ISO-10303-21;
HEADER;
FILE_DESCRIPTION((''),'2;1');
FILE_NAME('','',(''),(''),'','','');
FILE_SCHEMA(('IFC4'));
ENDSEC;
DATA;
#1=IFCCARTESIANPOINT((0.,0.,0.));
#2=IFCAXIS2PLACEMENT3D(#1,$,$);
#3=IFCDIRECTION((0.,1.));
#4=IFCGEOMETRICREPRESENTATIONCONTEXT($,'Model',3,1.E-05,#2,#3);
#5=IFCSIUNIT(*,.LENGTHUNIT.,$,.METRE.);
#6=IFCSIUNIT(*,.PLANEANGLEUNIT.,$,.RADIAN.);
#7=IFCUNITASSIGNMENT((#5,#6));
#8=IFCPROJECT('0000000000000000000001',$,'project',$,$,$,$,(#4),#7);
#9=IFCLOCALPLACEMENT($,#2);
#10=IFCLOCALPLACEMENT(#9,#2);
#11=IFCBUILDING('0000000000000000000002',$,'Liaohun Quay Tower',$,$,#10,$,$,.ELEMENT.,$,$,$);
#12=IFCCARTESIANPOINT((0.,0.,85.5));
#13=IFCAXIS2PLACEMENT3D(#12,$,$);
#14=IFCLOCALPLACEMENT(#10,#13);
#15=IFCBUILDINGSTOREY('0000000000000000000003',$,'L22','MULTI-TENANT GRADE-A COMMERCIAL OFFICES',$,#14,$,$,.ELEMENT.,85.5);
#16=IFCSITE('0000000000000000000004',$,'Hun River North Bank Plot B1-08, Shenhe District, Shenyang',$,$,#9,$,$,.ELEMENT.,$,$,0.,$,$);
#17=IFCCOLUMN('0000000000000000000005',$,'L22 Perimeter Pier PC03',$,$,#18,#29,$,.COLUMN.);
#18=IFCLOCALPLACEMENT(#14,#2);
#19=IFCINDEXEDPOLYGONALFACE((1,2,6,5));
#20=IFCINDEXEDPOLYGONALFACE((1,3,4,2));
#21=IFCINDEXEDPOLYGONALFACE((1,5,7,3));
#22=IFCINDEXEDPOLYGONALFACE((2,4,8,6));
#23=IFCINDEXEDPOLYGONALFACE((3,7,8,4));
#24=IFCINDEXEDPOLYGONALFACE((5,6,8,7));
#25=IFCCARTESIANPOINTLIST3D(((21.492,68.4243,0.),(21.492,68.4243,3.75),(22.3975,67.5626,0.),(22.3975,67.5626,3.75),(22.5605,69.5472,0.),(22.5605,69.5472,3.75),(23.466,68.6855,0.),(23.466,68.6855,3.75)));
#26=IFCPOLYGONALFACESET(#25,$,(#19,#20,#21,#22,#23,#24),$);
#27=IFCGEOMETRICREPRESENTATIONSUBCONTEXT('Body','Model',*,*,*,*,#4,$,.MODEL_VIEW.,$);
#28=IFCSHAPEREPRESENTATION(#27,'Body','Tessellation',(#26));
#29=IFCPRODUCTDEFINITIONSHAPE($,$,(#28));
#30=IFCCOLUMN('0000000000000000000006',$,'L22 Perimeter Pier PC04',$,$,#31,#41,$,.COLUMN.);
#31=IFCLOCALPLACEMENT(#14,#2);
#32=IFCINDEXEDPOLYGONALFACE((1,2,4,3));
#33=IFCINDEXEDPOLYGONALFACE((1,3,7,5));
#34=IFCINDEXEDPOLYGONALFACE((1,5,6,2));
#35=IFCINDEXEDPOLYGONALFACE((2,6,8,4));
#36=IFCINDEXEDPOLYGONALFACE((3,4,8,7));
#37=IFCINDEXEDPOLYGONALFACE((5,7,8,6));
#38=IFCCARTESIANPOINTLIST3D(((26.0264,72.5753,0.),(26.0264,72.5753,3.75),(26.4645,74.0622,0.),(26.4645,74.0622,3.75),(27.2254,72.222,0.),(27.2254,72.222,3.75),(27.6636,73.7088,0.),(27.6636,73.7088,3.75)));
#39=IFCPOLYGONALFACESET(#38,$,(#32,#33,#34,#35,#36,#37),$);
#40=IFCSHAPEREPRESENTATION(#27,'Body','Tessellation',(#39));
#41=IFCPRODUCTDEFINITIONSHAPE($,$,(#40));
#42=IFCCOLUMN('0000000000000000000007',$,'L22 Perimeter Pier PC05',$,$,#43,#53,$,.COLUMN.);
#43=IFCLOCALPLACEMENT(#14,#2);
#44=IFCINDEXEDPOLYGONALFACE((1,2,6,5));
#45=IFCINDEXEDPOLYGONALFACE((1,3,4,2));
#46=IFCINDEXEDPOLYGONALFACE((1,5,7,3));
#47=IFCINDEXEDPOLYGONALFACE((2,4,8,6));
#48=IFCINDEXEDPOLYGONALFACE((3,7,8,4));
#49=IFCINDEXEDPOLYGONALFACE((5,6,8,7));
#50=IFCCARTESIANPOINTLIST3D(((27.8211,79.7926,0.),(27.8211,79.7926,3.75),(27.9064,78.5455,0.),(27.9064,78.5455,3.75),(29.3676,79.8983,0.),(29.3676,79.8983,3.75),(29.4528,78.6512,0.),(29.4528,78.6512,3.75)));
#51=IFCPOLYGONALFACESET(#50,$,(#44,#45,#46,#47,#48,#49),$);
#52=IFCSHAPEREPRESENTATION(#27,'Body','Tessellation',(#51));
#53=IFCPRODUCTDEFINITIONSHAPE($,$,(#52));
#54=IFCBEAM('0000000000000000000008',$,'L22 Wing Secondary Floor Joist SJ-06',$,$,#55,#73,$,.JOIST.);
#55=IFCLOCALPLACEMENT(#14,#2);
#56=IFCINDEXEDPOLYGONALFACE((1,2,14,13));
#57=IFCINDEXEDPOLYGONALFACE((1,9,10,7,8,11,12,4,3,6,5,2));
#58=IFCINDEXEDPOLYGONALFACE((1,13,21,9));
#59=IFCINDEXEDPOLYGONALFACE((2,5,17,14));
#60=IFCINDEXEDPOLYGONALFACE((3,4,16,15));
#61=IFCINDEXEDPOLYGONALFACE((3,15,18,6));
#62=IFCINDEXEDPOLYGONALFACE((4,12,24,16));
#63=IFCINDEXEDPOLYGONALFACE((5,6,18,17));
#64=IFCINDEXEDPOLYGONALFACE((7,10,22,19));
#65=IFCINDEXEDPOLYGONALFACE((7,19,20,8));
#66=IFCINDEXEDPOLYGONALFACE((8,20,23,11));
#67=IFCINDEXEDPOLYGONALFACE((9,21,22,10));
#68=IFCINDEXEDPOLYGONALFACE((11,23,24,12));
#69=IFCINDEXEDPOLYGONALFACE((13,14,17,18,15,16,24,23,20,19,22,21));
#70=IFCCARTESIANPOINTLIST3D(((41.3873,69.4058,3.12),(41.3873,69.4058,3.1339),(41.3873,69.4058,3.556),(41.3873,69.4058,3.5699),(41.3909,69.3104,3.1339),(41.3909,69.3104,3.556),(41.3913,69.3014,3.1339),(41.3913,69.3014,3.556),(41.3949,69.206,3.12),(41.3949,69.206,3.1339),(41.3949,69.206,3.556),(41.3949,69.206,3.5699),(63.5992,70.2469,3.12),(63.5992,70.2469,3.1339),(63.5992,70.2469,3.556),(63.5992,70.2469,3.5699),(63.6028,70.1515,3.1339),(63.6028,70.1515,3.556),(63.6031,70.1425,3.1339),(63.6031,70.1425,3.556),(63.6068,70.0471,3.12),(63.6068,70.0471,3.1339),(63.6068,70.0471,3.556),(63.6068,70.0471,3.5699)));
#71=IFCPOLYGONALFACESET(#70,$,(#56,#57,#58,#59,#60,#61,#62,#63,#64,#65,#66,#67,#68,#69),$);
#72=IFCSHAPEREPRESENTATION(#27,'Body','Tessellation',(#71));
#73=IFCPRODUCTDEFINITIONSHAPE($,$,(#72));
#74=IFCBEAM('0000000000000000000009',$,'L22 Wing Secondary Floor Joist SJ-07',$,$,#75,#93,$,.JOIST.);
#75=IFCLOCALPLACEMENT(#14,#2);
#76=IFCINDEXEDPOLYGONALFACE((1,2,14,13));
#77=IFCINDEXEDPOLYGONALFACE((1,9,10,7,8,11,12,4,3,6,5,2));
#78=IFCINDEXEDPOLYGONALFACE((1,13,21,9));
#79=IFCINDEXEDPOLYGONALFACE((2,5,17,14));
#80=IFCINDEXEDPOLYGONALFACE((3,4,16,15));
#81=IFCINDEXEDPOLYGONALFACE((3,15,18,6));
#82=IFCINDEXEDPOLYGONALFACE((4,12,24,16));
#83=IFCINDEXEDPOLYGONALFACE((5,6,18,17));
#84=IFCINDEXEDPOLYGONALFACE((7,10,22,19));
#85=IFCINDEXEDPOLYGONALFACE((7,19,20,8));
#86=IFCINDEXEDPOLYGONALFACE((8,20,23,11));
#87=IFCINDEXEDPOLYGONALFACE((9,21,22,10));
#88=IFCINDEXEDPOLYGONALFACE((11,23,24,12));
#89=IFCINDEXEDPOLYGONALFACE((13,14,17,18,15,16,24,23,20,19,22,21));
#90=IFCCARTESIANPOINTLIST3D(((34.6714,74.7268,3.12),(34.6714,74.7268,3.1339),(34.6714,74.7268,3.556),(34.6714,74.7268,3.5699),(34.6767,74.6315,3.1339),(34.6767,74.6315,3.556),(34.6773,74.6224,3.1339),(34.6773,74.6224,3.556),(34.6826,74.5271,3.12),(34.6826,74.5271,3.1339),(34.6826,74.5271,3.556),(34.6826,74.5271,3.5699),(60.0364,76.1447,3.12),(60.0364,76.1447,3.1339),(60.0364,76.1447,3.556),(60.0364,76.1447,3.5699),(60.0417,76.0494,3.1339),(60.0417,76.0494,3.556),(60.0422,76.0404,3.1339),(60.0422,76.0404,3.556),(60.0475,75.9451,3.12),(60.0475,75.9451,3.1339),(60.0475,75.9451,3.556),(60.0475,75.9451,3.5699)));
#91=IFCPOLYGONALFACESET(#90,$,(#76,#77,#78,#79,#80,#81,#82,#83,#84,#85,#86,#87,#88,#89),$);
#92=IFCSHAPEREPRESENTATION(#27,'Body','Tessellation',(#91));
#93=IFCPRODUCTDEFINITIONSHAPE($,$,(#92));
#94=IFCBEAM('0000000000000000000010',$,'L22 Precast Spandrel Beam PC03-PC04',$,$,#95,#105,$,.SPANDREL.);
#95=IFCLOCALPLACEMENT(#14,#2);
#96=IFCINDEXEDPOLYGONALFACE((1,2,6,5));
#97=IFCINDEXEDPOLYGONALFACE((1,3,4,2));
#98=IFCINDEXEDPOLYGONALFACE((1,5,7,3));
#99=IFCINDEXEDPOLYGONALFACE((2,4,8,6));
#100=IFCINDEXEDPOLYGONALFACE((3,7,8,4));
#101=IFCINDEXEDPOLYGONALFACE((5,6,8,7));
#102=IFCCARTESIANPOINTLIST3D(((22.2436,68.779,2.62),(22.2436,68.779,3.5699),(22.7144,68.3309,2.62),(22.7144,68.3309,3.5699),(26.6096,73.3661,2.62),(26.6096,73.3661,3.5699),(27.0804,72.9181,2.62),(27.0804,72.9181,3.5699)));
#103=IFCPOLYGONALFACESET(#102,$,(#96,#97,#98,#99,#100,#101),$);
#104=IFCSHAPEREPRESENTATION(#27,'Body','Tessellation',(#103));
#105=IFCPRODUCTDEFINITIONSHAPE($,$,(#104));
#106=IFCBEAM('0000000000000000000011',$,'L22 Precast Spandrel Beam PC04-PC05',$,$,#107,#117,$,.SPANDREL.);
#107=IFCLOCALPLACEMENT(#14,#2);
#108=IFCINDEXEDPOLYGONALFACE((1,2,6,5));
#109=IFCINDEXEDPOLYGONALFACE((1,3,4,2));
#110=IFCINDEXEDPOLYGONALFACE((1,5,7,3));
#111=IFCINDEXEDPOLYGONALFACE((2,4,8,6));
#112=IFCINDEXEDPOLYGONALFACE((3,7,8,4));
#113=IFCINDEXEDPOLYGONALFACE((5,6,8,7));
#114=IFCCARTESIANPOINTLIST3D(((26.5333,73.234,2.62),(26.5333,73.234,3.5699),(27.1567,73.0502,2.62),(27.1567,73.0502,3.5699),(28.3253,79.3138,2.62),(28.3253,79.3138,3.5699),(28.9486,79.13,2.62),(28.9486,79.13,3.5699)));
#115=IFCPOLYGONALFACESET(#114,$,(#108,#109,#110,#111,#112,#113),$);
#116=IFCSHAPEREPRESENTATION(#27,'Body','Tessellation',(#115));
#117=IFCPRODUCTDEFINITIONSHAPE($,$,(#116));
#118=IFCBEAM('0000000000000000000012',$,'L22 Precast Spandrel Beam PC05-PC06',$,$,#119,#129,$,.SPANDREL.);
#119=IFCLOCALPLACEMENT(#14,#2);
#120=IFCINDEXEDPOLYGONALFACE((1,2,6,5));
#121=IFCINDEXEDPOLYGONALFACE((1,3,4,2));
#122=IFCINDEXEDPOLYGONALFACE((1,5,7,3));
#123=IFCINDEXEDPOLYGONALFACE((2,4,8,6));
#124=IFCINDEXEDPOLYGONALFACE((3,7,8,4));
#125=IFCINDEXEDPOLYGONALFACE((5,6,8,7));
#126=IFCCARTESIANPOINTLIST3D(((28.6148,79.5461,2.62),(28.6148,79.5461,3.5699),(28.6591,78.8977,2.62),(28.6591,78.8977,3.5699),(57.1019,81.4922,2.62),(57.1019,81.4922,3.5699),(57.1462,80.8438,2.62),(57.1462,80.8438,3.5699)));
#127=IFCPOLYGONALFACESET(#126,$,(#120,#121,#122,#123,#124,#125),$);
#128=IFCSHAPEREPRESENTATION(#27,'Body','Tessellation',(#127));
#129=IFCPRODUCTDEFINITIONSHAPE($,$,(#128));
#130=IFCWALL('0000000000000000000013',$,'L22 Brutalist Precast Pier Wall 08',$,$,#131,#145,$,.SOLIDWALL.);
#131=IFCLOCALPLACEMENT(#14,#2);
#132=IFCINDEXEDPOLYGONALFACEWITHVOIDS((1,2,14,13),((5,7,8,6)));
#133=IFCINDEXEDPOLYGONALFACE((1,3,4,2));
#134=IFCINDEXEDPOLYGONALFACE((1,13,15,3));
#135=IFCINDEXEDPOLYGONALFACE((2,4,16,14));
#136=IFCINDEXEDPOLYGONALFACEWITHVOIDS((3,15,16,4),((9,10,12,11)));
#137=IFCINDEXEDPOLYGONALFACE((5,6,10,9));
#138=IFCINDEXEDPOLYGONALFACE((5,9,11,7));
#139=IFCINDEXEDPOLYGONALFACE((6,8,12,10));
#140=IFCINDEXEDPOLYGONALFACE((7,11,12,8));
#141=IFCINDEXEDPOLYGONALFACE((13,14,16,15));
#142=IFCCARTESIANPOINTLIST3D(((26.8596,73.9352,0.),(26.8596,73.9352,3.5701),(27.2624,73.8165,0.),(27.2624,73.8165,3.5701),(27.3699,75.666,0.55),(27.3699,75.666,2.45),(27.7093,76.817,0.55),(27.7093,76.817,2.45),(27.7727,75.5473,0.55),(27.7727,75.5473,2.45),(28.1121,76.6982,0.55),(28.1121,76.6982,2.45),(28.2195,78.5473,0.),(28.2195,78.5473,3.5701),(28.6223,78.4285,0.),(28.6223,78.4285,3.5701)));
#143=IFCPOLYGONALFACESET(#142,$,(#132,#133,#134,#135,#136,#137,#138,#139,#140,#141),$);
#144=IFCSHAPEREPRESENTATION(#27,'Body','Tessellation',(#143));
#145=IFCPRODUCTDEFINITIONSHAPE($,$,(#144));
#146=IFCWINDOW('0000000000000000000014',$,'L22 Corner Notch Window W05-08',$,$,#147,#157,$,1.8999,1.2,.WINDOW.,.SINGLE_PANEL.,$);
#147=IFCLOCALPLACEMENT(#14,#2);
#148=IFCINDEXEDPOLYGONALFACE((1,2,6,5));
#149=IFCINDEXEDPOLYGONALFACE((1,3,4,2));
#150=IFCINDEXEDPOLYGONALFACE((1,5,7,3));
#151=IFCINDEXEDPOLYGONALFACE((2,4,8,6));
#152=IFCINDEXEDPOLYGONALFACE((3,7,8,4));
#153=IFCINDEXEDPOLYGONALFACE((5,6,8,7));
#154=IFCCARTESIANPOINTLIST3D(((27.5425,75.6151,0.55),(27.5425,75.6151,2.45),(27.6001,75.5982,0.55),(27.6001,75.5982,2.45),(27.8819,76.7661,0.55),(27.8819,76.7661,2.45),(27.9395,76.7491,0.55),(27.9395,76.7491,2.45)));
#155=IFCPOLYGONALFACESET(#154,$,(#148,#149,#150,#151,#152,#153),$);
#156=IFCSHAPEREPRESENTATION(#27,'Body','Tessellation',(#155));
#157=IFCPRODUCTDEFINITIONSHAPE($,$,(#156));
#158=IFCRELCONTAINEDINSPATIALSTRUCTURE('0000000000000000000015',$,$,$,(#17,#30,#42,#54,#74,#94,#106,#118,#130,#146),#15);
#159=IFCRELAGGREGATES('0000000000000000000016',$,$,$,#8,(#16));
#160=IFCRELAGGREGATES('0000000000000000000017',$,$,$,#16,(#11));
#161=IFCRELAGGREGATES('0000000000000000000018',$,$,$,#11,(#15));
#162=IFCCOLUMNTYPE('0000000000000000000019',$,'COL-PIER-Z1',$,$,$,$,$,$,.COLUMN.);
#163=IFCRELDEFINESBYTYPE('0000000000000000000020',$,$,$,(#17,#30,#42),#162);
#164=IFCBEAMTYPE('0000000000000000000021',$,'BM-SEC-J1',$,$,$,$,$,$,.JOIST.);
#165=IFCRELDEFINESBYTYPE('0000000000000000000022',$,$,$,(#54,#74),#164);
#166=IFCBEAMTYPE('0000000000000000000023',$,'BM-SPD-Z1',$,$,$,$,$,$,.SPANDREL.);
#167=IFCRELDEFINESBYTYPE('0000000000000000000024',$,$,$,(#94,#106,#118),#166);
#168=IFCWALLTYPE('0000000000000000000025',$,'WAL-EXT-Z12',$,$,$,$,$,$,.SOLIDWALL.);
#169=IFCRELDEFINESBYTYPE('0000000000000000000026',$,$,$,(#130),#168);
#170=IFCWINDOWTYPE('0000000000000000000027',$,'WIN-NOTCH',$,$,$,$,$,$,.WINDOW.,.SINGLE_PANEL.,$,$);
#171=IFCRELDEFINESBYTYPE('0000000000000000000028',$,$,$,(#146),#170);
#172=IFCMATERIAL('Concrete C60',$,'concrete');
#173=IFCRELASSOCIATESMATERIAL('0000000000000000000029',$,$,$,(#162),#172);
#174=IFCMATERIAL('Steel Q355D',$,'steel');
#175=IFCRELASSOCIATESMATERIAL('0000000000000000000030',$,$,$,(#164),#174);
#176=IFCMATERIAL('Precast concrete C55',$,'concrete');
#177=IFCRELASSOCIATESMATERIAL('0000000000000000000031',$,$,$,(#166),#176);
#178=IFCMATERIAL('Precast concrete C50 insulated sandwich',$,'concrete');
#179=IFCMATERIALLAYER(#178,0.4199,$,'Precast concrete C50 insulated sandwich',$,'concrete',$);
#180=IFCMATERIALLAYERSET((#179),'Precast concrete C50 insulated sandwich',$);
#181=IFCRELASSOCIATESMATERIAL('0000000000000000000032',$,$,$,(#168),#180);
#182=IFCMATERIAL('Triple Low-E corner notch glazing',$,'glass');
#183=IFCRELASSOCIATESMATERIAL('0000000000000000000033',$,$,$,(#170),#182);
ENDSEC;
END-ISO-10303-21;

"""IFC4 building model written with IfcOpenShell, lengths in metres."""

from ifc_helpers import new_model, si_unit, direction, frame, frame_2d, origin, origin_2d, place, context, subcontext, project, spatial, rectangle, i_section, extrude, source, transform, mapped, material, layer, layer_set, material_profile, profile_set, type_object, element, fill, save


model = new_model("IFC4")

# Units and contexts
model_context = context("Model", 3, precision=1e-05, world=origin(), true_north=direction((0.0, 1.0)))
body_context = subcontext(model_context, "Body", "Model", "MODEL_VIEW")
ifc_project = project(units=[si_unit("LENGTHUNIT", "METRE"), si_unit("PLANEANGLEUNIT", "RADIAN")], contexts=[model_context])

# Site, building, storey
site_placement = place(None, origin())
site = spatial("IfcSite", under=ifc_project, at=site_placement, Name="Hun River North Bank Plot B1-08, Shenhe District, Shenyang", CompositionType="ELEMENT", RefElevation=0.0)
building_placement = place(site_placement, origin())
building = spatial("IfcBuilding", under=site, at=building_placement, Name="Liaohun Quay Tower", CompositionType="ELEMENT")
storey_placement = place(building_placement, frame((0.0, 0.0, 85.5)))
storey = spatial("IfcBuildingStorey", under=building, at=storey_placement, Name="L22", Description="MULTI-TENANT GRADE-A COMMERCIAL OFFICES", CompositionType="ELEMENT", Elevation=85.5)

# Columns
ifc_material_1 = material(Name="Concrete C60", Category="concrete")
ifc_material_profile_1 = material_profile(ifc_material_1, rectangle(XDim=1.55, YDim=1.25, at=origin_2d()), Name="RC1550x1250")
ifc_profile_set_1 = profile_set([ifc_material_profile_1], Name="Concrete C60")
column_type = type_object("IfcColumnType", Name="COL-PIER-Z1", PredefinedType="COLUMN", material=ifc_profile_set_1)
shared_shape_1 = source(origin(), body_context, "Body", "SweptSolid", [
    extrude(rectangle(XDim=1.55, YDim=1.25, at=origin_2d()), origin(), (0.0, 0.0, 1.0), 3.75),
])
for number, where, z_axis, x_axis, name in (
    (1, (22.479, 68.5549, 0.0), (0.0, 0.0, 1.0), (0.689367, 0.724413, 0.0), "L22 Perimeter Pier PC03"),
    (2, (26.845, 73.1421, 0.0), (0.0, 0.0, 1.0), (0.282676, 0.959215, 0.0), "L22 Perimeter Pier PC04"),
    (3, (28.637, 79.2219, 0.0), (0.0, 0.0, 1.0), (0.997672, 0.068189, 0.0), "L22 Perimeter Pier PC05"),
):
    element("IfcColumn", number, at=place(storey_placement, frame(where, z_axis=z_axis, x_axis=x_axis)), inside=storey, type_object=column_type, Name=name, PredefinedType="COLUMN", context=body_context, shape_type="MappedRepresentation", body=[
        mapped(shared_shape_1, transform((0.0, 0.0, 0.0), x_axis=(1.0, 0.0, 0.0), y_axis=(0.0, 1.0, 0.0), z_axis=(0.0, 0.0, 1.0), scale=1.0)),
    ])

# Beams
ifc_material_2 = material(Name="Steel Q355D", Category="steel")
ifc_material_profile_2 = material_profile(ifc_material_2, i_section(OverallWidth=0.2, OverallDepth=0.45, WebThickness=0.009, FlangeThickness=0.0139, at=origin_2d()), Name="HN450x200x9x14")
ifc_profile_set_2 = profile_set([ifc_material_profile_2], Name="Steel Q355D")
beam_type_1 = type_object("IfcBeamType", Name="BM-SEC-J1", PredefinedType="JOIST", material=ifc_profile_set_2)
shared_shape_2 = source(origin(), body_context, "Body", "SweptSolid", [
    extrude(i_section(OverallWidth=0.2, OverallDepth=0.45, WebThickness=0.009, FlangeThickness=0.0139, at=origin_2d()), origin(), (0.0, 0.0, 1.0), 22.2278),
])
beam_1_placement = place(storey_placement, frame((41.3911, 69.3059, 3.345), z_axis=(0.999284, 0.037838, 0.0), x_axis=(-0.037838, 0.999284, 0.0)))
element("IfcBeam", 4, at=beam_1_placement, inside=storey, type_object=beam_type_1, Name="L22 Wing Secondary Floor Joist SJ-06", PredefinedType="JOIST", context=body_context, shape_type="MappedRepresentation", body=[
    mapped(shared_shape_2, transform((0.0, 0.0, 0.0), x_axis=(1.0, 0.0, 0.0), y_axis=(0.0, 1.0, 0.0), z_axis=(0.0, 0.0, 1.0), scale=1.0)),
])
shared_shape_3 = source(origin(), body_context, "Body", "SweptSolid", [
    extrude(i_section(OverallWidth=0.2, OverallDepth=0.45, WebThickness=0.009, FlangeThickness=0.0139, at=origin_2d()), origin(), (0.0, 0.0, 1.0), 25.4045),
])
beam_2_placement = place(storey_placement, frame((34.677, 74.627, 3.345), z_axis=(0.998441, 0.055815, 0.0), x_axis=(-0.055815, 0.998441, 0.0)))
element("IfcBeam", 5, at=beam_2_placement, inside=storey, type_object=beam_type_1, Name="L22 Wing Secondary Floor Joist SJ-07", PredefinedType="JOIST", context=body_context, shape_type="MappedRepresentation", body=[
    mapped(shared_shape_3, transform((0.0, 0.0, 0.0), x_axis=(1.0, 0.0, 0.0), y_axis=(0.0, 1.0, 0.0), z_axis=(0.0, 0.0, 1.0), scale=1.0)),
])
ifc_material_3 = material(Name="Precast concrete C55", Category="concrete")
ifc_material_profile_3 = material_profile(ifc_material_3, rectangle(XDim=0.6499, YDim=0.95, at=origin_2d()), Name="RC650x950")
ifc_profile_set_3 = profile_set([ifc_material_profile_3], Name="Precast concrete C55")
beam_type_2 = type_object("IfcBeamType", Name="BM-SPD-Z1", PredefinedType="SPANDREL", material=ifc_profile_set_3)
shared_shape_4 = source(origin(), body_context, "Body", "SweptSolid", [
    extrude(rectangle(XDim=0.6499, YDim=0.95, at=origin_2d()), origin(), (0.0, 0.0, 1.0), 6.3328),
])
beam_3_placement = place(storey_placement, frame((22.479, 68.5549, 3.095), z_axis=(0.689427, 0.724355, 0.0), x_axis=(-0.724355, 0.689427, 0.0)))
element("IfcBeam", 6, at=beam_3_placement, inside=storey, type_object=beam_type_2, Name="L22 Precast Spandrel Beam PC03-PC04", PredefinedType="SPANDREL", context=body_context, shape_type="MappedRepresentation", body=[
    mapped(shared_shape_4, transform((0.0, 0.0, 0.0), x_axis=(1.0, 0.0, 0.0), y_axis=(0.0, 1.0, 0.0), z_axis=(0.0, 0.0, 1.0), scale=1.0)),
])
shared_shape_5 = source(origin(), body_context, "Body", "SweptSolid", [
    extrude(rectangle(XDim=0.6499, YDim=0.95, at=origin_2d()), origin(), (0.0, 0.0, 1.0), 6.3384),
])
beam_4_placement = place(storey_placement, frame((26.845, 73.1421, 3.095), z_axis=(0.282719, 0.959203, 0.0), x_axis=(-0.959203, 0.282719, 0.0)))
element("IfcBeam", 7, at=beam_4_placement, inside=storey, type_object=beam_type_2, Name="L22 Precast Spandrel Beam PC04-PC05", PredefinedType="SPANDREL", context=body_context, shape_type="MappedRepresentation", body=[
    mapped(shared_shape_5, transform((0.0, 0.0, 0.0), x_axis=(1.0, 0.0, 0.0), y_axis=(0.0, 1.0, 0.0), z_axis=(0.0, 0.0, 1.0), scale=1.0)),
])
shared_shape_6 = source(origin(), body_context, "Body", "SweptSolid", [
    extrude(rectangle(XDim=0.6499, YDim=0.95, at=origin_2d()), origin(), (0.0, 0.0, 1.0), 28.5535),
])
beam_5_placement = place(storey_placement, frame((28.637, 79.2219, 3.095), z_axis=(0.997675, 0.068154, 0.0), x_axis=(-0.068154, 0.997675, 0.0)))
element("IfcBeam", 8, at=beam_5_placement, inside=storey, type_object=beam_type_2, Name="L22 Precast Spandrel Beam PC05-PC06", PredefinedType="SPANDREL", context=body_context, shape_type="MappedRepresentation", body=[
    mapped(shared_shape_6, transform((0.0, 0.0, 0.0), x_axis=(1.0, 0.0, 0.0), y_axis=(0.0, 1.0, 0.0), z_axis=(0.0, 0.0, 1.0), scale=1.0)),
])

# Wall, opening, window
ifc_material_4 = material(Name="Precast concrete C50 insulated sandwich", Category="concrete")
ifc_layer_1 = layer(ifc_material_4, 0.4199, Name="Precast concrete C50 insulated sandwich", Category="concrete")
ifc_layer_set_1 = layer_set([ifc_layer_1], Name="Precast concrete C50 insulated sandwich")
wall_type_1 = type_object("IfcWallType", Name="WAL-EXT-Z12", PredefinedType="SOLIDWALL", material=ifc_layer_set_1)
wall_1_placement = place(storey_placement, frame((28.4209, 78.488, 0.0), z_axis=(0.0, 0.0, 1.0), x_axis=(-0.282812, -0.959175, 0.0)))
wall_1 = element("IfcWall", 9, at=wall_1_placement, inside=storey, type_object=wall_type_1, Name="L22 Brutalist Precast Pier Wall 08", PredefinedType="SOLIDWALL", context=body_context, shape_type="SweptSolid", body=[
    extrude(rectangle(XDim=4.8083, YDim=0.4199, at=frame_2d((2.4043, 0.0))), origin(), (0.0, 0.0, 1.0), 3.5701),
])
shared_shape_7 = source(origin(), body_context, "Body", "SweptSolid", [
    extrude(rectangle(XDim=1.2, YDim=1.8999, at=frame_2d((0.6001, 0.95))), frame((0.0, 0.22, 0.0), z_axis=(0.0, -1.0, 0.0), x_axis=(1.0, 0.0, 0.0)), (0.0, 0.0, 1.0), 0.4399),
])
opening_1_placement = place(wall_1_placement, frame((1.804, 0.0, 0.55)))
opening_1 = element("IfcOpeningElement", 10, at=opening_1_placement, cuts=wall_1, PredefinedType="OPENING", context=body_context, shape_type="MappedRepresentation", body=[
    mapped(shared_shape_7, transform((0.0, 0.0, 0.0), x_axis=(1.0, 0.0, 0.0), y_axis=(0.0, 1.0, 0.0), z_axis=(0.0, 0.0, 1.0), scale=1.0)),
])
ifc_material_5 = material(Name="Triple Low-E corner notch glazing", Category="glass")
window_type_1 = type_object("IfcWindowType", Name="WIN-NOTCH", PartitioningType="SINGLE_PANEL", PredefinedType="WINDOW", material=ifc_material_5)
shared_shape_8 = source(origin(), body_context, "Body", "SweptSolid", [
    extrude(rectangle(XDim=1.2, YDim=1.8999, at=frame_2d((0.6001, 0.95))), frame((0.0, 0.03, 0.0), z_axis=(0.0, -1.0, 0.0), x_axis=(1.0, 0.0, 0.0)), (0.0, 0.0, 1.0), 0.0601),
])
window_1_placement = place(opening_1_placement, origin())
window_1 = element("IfcWindow", 11, at=window_1_placement, inside=storey, type_object=window_type_1, Name="L22 Corner Notch Window W05-08", OverallHeight=1.8999, OverallWidth=1.2, PartitioningType="SINGLE_PANEL", PredefinedType="WINDOW", context=body_context, shape_type="MappedRepresentation", body=[
    mapped(shared_shape_8, transform((0.0, 0.0, 0.0), x_axis=(1.0, 0.0, 0.0), y_axis=(0.0, 1.0, 0.0), z_axis=(0.0, 0.0, 1.0), scale=1.0)),
])
fill(opening_1, window_1)

save(model, "model.ifc")
